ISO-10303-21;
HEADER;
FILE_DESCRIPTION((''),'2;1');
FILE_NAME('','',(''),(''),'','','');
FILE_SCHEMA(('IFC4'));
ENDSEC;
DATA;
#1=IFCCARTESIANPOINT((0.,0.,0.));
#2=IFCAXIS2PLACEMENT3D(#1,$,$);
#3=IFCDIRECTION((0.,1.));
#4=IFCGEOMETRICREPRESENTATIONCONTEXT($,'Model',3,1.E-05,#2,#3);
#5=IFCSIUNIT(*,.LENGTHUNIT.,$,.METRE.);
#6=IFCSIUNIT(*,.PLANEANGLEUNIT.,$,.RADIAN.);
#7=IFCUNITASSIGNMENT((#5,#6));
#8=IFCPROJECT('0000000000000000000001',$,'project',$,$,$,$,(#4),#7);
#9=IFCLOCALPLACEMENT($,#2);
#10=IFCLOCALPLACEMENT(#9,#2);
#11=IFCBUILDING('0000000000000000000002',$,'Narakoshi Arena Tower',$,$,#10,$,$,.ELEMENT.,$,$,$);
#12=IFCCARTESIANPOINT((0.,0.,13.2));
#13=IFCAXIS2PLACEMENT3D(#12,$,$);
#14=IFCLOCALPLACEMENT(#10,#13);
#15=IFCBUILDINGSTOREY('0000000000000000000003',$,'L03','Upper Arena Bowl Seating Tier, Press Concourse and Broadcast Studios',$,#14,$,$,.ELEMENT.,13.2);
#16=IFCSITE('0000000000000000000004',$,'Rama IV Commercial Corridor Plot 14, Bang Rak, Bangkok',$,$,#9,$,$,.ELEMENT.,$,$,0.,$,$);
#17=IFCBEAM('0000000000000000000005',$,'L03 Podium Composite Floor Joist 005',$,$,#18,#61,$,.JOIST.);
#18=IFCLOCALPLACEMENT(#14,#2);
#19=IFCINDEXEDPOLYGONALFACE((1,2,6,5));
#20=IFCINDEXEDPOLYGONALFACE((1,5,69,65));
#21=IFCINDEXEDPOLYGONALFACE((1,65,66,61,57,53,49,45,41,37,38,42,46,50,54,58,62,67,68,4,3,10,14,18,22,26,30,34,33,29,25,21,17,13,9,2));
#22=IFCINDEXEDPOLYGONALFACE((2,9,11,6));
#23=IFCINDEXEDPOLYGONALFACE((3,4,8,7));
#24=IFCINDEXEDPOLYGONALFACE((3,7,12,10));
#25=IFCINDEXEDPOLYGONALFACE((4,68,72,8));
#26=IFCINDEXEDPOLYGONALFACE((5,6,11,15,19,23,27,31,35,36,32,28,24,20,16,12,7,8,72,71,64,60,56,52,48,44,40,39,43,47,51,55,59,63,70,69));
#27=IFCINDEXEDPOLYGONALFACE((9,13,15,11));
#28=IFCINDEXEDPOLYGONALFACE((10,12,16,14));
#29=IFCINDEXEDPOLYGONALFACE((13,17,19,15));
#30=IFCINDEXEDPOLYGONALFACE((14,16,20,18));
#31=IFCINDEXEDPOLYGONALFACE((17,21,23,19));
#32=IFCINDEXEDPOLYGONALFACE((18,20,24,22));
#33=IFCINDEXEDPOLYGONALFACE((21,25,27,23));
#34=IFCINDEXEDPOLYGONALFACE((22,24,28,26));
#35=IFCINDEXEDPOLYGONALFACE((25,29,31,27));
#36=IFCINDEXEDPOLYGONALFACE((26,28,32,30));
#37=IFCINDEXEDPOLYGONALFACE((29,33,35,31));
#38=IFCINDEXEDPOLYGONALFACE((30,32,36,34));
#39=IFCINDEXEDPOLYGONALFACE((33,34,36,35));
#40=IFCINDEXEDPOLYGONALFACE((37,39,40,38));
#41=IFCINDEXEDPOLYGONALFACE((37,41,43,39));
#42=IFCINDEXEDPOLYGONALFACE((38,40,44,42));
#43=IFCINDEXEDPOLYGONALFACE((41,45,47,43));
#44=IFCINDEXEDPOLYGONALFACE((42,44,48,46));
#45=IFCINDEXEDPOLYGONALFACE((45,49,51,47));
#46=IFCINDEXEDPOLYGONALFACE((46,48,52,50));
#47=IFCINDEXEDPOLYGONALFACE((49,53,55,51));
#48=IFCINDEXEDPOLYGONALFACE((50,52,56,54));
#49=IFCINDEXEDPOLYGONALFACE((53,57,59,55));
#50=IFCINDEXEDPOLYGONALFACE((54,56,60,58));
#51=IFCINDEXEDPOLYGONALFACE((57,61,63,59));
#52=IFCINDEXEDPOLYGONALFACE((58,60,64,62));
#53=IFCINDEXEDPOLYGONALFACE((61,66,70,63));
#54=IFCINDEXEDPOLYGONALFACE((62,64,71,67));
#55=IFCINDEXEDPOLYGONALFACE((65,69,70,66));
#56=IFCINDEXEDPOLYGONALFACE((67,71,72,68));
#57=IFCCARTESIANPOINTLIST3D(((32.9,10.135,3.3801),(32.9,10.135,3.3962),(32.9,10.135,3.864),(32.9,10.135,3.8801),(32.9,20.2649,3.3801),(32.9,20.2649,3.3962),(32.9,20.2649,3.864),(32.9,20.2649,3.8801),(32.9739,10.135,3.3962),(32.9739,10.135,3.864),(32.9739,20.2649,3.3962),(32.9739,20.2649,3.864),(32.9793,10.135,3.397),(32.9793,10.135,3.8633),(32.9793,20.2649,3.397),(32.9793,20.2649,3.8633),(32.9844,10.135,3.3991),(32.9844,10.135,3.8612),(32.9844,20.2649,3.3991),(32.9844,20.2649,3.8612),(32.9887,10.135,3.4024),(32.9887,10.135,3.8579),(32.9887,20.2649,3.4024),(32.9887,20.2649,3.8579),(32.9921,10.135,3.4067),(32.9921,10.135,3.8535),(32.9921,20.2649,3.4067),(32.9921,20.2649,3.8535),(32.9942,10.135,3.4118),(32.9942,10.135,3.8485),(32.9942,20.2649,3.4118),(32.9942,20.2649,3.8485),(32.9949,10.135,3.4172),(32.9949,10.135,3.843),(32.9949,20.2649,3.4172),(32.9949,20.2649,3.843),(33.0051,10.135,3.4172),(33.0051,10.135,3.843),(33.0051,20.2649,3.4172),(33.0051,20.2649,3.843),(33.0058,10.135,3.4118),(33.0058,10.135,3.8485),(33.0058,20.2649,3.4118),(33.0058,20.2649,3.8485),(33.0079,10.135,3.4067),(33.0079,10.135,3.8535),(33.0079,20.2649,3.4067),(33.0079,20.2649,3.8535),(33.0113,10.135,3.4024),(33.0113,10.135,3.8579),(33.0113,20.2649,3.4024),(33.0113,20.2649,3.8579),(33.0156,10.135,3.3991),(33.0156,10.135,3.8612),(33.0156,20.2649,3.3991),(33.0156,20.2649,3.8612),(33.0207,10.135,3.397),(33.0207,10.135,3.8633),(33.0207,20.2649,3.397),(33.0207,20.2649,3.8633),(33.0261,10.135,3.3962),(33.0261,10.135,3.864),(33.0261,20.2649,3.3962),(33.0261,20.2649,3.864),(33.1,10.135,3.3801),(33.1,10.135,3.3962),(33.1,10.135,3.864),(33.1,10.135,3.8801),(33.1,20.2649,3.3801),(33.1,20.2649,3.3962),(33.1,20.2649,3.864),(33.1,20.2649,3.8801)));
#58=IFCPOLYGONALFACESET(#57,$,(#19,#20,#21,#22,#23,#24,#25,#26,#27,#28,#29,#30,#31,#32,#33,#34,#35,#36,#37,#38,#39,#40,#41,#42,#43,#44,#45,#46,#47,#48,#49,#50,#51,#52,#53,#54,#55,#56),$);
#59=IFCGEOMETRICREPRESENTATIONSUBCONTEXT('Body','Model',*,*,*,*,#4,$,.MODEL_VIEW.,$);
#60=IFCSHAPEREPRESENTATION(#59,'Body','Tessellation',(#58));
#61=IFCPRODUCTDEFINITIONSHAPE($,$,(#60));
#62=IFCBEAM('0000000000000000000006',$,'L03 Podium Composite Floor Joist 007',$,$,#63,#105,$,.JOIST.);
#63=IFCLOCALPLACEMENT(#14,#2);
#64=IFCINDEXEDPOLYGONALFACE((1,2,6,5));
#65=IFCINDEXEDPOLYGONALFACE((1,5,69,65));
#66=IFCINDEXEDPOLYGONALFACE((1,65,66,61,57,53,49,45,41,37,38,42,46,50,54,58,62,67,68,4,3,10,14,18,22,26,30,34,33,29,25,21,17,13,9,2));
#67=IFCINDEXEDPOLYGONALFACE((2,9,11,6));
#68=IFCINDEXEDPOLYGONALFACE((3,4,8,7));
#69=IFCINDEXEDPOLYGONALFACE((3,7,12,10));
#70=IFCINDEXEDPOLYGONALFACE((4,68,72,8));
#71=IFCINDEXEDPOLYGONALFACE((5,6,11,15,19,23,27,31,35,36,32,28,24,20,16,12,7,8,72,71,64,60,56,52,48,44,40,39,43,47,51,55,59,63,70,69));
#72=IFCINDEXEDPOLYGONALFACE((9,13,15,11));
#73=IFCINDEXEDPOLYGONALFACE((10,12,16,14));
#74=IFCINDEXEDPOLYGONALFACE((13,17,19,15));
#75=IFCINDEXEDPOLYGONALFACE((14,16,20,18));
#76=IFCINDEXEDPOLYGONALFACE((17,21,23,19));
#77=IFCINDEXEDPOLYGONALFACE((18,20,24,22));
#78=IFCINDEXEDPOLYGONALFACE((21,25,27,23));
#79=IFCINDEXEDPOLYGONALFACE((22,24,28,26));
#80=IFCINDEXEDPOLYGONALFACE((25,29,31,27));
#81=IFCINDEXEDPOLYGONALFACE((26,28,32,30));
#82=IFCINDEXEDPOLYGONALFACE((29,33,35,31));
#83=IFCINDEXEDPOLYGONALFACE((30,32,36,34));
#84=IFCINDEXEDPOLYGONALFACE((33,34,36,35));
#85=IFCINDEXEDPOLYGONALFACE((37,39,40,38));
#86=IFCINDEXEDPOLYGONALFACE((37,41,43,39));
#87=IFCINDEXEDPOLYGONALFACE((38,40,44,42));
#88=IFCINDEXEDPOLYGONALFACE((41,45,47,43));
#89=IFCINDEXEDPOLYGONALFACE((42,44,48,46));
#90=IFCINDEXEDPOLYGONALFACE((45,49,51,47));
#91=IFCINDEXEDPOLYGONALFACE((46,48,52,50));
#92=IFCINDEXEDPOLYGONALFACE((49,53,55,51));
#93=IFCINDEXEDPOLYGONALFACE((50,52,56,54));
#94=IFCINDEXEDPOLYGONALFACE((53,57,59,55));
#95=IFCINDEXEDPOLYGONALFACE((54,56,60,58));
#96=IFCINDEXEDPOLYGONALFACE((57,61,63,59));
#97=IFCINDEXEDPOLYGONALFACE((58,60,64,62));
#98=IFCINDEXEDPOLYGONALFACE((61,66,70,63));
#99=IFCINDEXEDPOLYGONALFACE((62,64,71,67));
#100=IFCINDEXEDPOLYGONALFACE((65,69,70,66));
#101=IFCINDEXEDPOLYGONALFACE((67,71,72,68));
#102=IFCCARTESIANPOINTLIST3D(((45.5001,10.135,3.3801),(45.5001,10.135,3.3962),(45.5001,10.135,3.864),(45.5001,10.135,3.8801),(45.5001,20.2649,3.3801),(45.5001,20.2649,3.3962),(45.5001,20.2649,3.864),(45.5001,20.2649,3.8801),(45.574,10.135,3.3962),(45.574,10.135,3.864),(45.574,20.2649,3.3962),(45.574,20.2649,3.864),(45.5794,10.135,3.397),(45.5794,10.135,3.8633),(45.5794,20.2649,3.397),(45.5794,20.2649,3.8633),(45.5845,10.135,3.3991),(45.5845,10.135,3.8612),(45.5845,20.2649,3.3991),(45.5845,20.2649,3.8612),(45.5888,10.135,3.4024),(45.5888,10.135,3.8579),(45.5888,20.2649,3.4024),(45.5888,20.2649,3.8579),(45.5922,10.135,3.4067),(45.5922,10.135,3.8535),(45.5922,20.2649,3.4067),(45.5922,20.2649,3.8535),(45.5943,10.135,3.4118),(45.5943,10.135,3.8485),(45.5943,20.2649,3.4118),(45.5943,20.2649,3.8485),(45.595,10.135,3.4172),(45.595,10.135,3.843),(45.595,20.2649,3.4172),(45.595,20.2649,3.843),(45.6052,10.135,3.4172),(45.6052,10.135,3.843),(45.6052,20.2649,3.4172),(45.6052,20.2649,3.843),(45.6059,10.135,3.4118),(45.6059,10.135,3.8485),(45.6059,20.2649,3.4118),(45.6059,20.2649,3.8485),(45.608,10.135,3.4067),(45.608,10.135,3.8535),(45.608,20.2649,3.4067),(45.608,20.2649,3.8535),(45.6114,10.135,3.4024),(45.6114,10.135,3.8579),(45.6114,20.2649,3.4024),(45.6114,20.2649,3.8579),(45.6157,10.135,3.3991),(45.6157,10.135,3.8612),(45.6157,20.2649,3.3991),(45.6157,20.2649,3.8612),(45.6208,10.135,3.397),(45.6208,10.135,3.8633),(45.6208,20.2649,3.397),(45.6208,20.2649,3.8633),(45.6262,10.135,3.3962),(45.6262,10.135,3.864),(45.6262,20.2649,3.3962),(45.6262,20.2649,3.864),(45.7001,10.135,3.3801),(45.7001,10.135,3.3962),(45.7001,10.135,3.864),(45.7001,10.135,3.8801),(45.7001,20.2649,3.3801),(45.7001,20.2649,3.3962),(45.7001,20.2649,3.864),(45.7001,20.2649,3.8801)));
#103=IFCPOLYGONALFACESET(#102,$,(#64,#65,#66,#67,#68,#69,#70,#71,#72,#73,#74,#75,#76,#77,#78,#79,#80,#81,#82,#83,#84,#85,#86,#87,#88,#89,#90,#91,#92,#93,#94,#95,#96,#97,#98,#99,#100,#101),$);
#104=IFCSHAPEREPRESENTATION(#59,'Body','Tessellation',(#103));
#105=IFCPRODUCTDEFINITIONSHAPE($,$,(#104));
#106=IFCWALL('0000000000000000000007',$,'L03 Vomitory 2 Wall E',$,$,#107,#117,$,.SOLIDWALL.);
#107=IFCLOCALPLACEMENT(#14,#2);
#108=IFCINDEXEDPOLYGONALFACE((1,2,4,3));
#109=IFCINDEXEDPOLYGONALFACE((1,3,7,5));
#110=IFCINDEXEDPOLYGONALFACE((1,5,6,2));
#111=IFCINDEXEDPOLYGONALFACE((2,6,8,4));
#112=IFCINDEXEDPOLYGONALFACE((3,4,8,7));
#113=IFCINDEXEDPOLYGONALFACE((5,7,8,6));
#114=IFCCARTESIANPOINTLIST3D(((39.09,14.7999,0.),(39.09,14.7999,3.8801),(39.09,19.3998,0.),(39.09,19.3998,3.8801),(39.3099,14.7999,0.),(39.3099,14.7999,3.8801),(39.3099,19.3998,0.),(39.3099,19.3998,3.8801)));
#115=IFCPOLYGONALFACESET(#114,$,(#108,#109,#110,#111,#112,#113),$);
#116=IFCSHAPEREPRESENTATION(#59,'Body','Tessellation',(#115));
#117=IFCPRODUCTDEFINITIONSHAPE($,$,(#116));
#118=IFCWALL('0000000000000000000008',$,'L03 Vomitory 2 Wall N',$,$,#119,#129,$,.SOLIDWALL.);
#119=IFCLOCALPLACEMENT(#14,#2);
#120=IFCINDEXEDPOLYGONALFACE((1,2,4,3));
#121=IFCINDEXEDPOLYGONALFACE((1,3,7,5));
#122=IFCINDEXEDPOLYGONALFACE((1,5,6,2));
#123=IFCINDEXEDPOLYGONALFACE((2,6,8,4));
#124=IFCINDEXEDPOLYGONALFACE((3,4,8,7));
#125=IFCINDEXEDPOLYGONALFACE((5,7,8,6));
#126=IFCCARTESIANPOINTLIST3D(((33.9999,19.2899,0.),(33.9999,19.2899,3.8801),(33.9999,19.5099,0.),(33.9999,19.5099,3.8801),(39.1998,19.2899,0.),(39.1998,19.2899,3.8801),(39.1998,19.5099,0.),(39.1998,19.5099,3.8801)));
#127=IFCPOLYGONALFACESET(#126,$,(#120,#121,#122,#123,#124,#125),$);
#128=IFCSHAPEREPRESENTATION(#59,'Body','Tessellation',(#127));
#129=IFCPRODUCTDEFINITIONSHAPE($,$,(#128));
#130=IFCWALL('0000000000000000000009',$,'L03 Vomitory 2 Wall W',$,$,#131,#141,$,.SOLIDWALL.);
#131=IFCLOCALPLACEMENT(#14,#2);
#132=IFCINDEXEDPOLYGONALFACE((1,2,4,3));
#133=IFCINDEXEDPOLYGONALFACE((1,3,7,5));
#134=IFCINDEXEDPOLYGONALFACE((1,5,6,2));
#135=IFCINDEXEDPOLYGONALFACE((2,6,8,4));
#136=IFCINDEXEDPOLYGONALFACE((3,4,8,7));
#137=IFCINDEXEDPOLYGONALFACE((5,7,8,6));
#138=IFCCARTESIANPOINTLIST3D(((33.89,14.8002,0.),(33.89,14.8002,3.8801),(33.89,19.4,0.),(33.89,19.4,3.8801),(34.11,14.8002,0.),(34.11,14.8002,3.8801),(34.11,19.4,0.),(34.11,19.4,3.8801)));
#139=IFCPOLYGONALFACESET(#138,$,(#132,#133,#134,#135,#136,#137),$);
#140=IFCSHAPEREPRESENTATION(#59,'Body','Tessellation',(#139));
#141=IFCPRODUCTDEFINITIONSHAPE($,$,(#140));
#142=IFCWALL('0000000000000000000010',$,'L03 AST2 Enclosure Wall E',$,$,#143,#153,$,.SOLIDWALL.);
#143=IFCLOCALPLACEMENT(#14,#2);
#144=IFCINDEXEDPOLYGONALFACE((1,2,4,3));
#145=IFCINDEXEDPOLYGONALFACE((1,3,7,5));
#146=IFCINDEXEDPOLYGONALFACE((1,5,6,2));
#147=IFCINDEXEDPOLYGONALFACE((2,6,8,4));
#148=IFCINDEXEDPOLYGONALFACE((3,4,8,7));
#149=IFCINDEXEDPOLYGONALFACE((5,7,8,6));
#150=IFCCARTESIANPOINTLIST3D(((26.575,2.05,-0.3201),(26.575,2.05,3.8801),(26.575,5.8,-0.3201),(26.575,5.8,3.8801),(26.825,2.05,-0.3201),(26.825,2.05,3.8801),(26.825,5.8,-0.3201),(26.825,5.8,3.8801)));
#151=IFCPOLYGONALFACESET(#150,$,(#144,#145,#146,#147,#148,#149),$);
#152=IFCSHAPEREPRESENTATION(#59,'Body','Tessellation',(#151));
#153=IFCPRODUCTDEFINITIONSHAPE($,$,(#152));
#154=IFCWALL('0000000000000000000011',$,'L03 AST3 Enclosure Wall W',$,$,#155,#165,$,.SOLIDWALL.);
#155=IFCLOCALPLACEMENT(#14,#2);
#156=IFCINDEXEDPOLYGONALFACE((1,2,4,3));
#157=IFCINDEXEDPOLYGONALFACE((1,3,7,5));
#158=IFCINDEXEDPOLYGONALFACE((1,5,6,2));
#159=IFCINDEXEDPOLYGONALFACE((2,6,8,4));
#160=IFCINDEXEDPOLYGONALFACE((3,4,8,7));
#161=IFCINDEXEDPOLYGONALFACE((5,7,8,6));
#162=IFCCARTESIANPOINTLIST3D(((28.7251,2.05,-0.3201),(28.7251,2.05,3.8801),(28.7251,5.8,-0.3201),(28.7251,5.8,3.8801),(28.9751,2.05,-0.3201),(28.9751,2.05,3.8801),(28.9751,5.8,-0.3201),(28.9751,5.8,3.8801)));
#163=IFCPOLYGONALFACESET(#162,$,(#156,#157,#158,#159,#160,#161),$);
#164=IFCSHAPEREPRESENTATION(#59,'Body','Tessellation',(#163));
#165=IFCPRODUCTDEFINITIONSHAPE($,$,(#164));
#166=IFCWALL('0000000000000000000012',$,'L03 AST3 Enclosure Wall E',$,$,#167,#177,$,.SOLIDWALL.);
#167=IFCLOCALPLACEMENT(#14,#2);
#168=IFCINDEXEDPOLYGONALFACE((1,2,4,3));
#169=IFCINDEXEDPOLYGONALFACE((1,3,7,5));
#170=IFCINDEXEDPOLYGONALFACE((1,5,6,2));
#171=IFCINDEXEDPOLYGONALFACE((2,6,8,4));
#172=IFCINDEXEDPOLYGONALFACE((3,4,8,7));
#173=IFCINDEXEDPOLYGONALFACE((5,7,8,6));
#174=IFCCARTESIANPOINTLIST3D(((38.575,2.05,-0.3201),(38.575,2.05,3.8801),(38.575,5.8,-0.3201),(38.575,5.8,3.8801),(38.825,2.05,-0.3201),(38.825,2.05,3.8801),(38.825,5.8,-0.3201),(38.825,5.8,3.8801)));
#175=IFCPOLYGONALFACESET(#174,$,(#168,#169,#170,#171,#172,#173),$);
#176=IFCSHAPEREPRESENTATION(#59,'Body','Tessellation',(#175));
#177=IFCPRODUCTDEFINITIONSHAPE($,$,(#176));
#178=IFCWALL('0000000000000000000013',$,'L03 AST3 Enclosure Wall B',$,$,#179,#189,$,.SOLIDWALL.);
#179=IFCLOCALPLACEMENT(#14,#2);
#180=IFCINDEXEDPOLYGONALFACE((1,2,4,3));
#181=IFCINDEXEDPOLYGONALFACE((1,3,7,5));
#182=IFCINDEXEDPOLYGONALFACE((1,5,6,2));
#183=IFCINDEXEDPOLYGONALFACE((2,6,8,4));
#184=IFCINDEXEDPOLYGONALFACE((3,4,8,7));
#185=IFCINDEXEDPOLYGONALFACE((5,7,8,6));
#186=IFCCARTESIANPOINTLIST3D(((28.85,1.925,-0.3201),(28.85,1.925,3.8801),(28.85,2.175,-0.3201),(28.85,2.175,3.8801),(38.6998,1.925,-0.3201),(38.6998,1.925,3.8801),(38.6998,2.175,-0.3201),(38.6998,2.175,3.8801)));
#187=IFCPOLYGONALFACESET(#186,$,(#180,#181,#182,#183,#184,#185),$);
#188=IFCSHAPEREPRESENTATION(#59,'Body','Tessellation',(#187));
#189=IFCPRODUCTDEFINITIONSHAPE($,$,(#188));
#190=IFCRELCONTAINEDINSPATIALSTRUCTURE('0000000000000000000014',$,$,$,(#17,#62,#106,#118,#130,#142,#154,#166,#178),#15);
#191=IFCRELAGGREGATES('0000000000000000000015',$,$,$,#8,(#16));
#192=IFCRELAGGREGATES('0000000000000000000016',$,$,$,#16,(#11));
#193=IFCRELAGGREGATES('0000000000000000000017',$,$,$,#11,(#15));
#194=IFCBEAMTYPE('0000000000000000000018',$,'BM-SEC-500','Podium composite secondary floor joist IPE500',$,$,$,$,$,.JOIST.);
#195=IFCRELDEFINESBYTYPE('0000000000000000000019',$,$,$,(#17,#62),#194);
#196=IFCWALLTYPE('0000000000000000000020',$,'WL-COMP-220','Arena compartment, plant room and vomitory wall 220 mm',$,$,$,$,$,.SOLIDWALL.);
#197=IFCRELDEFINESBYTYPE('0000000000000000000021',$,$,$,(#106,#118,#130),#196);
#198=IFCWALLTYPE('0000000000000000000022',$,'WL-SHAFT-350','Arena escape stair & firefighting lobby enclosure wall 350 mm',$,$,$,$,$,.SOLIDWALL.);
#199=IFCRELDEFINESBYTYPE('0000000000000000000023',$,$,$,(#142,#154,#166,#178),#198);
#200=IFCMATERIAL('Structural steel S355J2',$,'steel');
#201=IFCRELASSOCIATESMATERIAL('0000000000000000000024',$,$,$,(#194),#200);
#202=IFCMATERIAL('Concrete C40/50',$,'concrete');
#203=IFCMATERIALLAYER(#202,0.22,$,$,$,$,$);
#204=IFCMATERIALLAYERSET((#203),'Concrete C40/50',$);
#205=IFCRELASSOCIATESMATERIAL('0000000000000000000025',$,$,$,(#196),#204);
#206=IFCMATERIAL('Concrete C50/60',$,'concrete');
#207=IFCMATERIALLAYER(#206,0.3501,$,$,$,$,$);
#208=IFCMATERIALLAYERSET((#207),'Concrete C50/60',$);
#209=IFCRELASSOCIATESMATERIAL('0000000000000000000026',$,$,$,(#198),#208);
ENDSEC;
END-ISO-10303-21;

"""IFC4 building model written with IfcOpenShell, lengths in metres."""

from ifc_helpers import new_model, si_unit, direction, frame, frame_2d, origin, origin_2d, place, context, subcontext, project, spatial, rectangle, i_section, extrude, material, layer, layer_set, material_profile, profile_set, type_object, element, save


model = new_model("IFC4")

# Units and contexts
model_context = context("Model", 3, precision=1e-05, world=origin(), true_north=direction((0.0, 1.0)))
body_context = subcontext(model_context, "Body", "Model", "MODEL_VIEW")
ifc_project = project(units=[si_unit("LENGTHUNIT", "METRE"), si_unit("PLANEANGLEUNIT", "RADIAN")], contexts=[model_context])

# Site, building, storey
site_placement = place(None, origin())
site = spatial("IfcSite", under=ifc_project, at=site_placement, Name="Rama IV Commercial Corridor Plot 14, Bang Rak, Bangkok", CompositionType="ELEMENT", RefElevation=0.0)
building_placement = place(site_placement, origin())
building = spatial("IfcBuilding", under=site, at=building_placement, Name="Narakoshi Arena Tower", CompositionType="ELEMENT")
storey_placement = place(building_placement, frame((0.0, 0.0, 13.2)))
storey = spatial("IfcBuildingStorey", under=building, at=storey_placement, Name="L03", Description="Upper Arena Bowl Seating Tier, Press Concourse and Broadcast Studios", CompositionType="ELEMENT", Elevation=13.2)

# Beams
ifc_material_1 = material(Name="Structural steel S355J2", Category="steel")
ifc_material_profile_1 = material_profile(ifc_material_1, i_section(OverallWidth=0.2, OverallDepth=0.5, WebThickness=0.0103, FlangeThickness=0.0161, FilletRadius=0.021, at=origin_2d()), Name="IPE500")
ifc_profile_set_1 = profile_set([ifc_material_profile_1], Name="Structural steel S355J2")
beam_type_1 = type_object("IfcBeamType", Name="BM-SEC-500", Description="Podium composite secondary floor joist IPE500", PredefinedType="JOIST", material=ifc_profile_set_1)
for number, where, z_axis, x_axis, name in (
    (1, (33.0, 10.135, 3.6301), (0.0, 1.0, 0.0), (-1.0, 0.0, 0.0), "L03 Podium Composite Floor Joist 005"),
    (2, (45.6001, 10.135, 3.6301), (0.0, 1.0, 0.0), (-1.0, 0.0, 0.0), "L03 Podium Composite Floor Joist 007"),
):
    element("IfcBeam", number, at=place(storey_placement, frame(where, z_axis=z_axis, x_axis=x_axis)), inside=storey, type_object=beam_type_1, Name=name, PredefinedType="JOIST", context=body_context, shape_type="SweptSolid", body=[
        extrude(i_section(OverallWidth=0.2, OverallDepth=0.5, WebThickness=0.0103, FlangeThickness=0.0161, FilletRadius=0.021, at=origin_2d()), origin(), (0.0, 0.0, 1.0), 10.1299),
    ])

# Shared definitions
ifc_material_2 = material(Name="Concrete C40/50", Category="concrete")
ifc_layer_1 = layer(ifc_material_2, 0.22)
ifc_layer_set_1 = layer_set([ifc_layer_1], Name="Concrete C40/50")
wall_type_1 = type_object("IfcWallType", Name="WL-COMP-220", Description="Arena compartment, plant room and vomitory wall 220 mm", PredefinedType="SOLIDWALL", material=ifc_layer_set_1)

# Walls
wall_1_placement = place(storey_placement, frame((39.2, 14.8, 0.0), z_axis=(0.0, 0.0, 1.0), x_axis=(0.0, 1.0, 0.0)))
element("IfcWall", 3, at=wall_1_placement, inside=storey, type_object=wall_type_1, Name="L03 Vomitory 2 Wall E", PredefinedType="SOLIDWALL", context=body_context, shape_type="SweptSolid", body=[
    extrude(rectangle(XDim=4.5999, YDim=0.22, at=frame_2d((2.2998, 0.0))), origin(), (0.0, 0.0, 1.0), 3.8801),
])
wall_2_placement = place(storey_placement, frame((39.2, 19.3999, 0.0), z_axis=(0.0, 0.0, 1.0), x_axis=(-1.0, 0.0, 0.0)))
element("IfcWall", 4, at=wall_2_placement, inside=storey, type_object=wall_type_1, Name="L03 Vomitory 2 Wall N", PredefinedType="SOLIDWALL", context=body_context, shape_type="SweptSolid", body=[
    extrude(rectangle(XDim=5.2, YDim=0.22, at=frame_2d((2.6001, 0.0))), origin(), (0.0, 0.0, 1.0), 3.8801),
])
wall_3_placement = place(storey_placement, frame((34.0, 19.3999, 0.0), z_axis=(0.0, 0.0, 1.0), x_axis=(0.0, -1.0, 0.0)))
element("IfcWall", 5, at=wall_3_placement, inside=storey, type_object=wall_type_1, Name="L03 Vomitory 2 Wall W", PredefinedType="SOLIDWALL", context=body_context, shape_type="SweptSolid", body=[
    extrude(rectangle(XDim=4.5999, YDim=0.22, at=frame_2d((2.2998, 0.0))), origin(), (0.0, 0.0, 1.0), 3.8801),
])
ifc_material_3 = material(Name="Concrete C50/60", Category="concrete")
ifc_layer_2 = layer(ifc_material_3, 0.3501)
ifc_layer_set_2 = layer_set([ifc_layer_2], Name="Concrete C50/60")
wall_type_2 = type_object("IfcWallType", Name="WL-SHAFT-350", Description="Arena escape stair & firefighting lobby enclosure wall 350 mm", PredefinedType="SOLIDWALL", material=ifc_layer_set_2)
for number, where, z_axis, x_axis, name in (
    (6, (26.7, 2.05, -0.3201), (0.0, 0.0, 1.0), (0.0, 1.0, 0.0), "L03 AST2 Enclosure Wall E"),
    (7, (28.8501, 2.05, -0.3201), (0.0, 0.0, 1.0), (0.0, 1.0, 0.0), "L03 AST3 Enclosure Wall W"),
    (8, (38.7, 2.05, -0.3201), (0.0, 0.0, 1.0), (0.0, 1.0, 0.0), "L03 AST3 Enclosure Wall E"),
):
    element("IfcWall", number, at=place(storey_placement, frame(where, z_axis=z_axis, x_axis=x_axis)), inside=storey, type_object=wall_type_2, Name=name, PredefinedType="SOLIDWALL", context=body_context, shape_type="SweptSolid", body=[
        extrude(rectangle(XDim=3.75, YDim=0.25, at=frame_2d((1.875, 0.0))), origin(), (0.0, 0.0, 1.0), 4.2002),
    ])
wall_4_placement = place(storey_placement, frame((28.8501, 2.05, -0.3201), z_axis=(0.0, 0.0, 1.0), x_axis=(1.0, 0.0, 0.0)))
element("IfcWall", 9, at=wall_4_placement, inside=storey, type_object=wall_type_2, Name="L03 AST3 Enclosure Wall B", PredefinedType="SOLIDWALL", context=body_context, shape_type="SweptSolid", body=[
    extrude(rectangle(XDim=9.8499, YDim=0.25, at=frame_2d((4.9248, 0.0))), origin(), (0.0, 0.0, 1.0), 4.2002),
])

save(model, "model.ifc")
